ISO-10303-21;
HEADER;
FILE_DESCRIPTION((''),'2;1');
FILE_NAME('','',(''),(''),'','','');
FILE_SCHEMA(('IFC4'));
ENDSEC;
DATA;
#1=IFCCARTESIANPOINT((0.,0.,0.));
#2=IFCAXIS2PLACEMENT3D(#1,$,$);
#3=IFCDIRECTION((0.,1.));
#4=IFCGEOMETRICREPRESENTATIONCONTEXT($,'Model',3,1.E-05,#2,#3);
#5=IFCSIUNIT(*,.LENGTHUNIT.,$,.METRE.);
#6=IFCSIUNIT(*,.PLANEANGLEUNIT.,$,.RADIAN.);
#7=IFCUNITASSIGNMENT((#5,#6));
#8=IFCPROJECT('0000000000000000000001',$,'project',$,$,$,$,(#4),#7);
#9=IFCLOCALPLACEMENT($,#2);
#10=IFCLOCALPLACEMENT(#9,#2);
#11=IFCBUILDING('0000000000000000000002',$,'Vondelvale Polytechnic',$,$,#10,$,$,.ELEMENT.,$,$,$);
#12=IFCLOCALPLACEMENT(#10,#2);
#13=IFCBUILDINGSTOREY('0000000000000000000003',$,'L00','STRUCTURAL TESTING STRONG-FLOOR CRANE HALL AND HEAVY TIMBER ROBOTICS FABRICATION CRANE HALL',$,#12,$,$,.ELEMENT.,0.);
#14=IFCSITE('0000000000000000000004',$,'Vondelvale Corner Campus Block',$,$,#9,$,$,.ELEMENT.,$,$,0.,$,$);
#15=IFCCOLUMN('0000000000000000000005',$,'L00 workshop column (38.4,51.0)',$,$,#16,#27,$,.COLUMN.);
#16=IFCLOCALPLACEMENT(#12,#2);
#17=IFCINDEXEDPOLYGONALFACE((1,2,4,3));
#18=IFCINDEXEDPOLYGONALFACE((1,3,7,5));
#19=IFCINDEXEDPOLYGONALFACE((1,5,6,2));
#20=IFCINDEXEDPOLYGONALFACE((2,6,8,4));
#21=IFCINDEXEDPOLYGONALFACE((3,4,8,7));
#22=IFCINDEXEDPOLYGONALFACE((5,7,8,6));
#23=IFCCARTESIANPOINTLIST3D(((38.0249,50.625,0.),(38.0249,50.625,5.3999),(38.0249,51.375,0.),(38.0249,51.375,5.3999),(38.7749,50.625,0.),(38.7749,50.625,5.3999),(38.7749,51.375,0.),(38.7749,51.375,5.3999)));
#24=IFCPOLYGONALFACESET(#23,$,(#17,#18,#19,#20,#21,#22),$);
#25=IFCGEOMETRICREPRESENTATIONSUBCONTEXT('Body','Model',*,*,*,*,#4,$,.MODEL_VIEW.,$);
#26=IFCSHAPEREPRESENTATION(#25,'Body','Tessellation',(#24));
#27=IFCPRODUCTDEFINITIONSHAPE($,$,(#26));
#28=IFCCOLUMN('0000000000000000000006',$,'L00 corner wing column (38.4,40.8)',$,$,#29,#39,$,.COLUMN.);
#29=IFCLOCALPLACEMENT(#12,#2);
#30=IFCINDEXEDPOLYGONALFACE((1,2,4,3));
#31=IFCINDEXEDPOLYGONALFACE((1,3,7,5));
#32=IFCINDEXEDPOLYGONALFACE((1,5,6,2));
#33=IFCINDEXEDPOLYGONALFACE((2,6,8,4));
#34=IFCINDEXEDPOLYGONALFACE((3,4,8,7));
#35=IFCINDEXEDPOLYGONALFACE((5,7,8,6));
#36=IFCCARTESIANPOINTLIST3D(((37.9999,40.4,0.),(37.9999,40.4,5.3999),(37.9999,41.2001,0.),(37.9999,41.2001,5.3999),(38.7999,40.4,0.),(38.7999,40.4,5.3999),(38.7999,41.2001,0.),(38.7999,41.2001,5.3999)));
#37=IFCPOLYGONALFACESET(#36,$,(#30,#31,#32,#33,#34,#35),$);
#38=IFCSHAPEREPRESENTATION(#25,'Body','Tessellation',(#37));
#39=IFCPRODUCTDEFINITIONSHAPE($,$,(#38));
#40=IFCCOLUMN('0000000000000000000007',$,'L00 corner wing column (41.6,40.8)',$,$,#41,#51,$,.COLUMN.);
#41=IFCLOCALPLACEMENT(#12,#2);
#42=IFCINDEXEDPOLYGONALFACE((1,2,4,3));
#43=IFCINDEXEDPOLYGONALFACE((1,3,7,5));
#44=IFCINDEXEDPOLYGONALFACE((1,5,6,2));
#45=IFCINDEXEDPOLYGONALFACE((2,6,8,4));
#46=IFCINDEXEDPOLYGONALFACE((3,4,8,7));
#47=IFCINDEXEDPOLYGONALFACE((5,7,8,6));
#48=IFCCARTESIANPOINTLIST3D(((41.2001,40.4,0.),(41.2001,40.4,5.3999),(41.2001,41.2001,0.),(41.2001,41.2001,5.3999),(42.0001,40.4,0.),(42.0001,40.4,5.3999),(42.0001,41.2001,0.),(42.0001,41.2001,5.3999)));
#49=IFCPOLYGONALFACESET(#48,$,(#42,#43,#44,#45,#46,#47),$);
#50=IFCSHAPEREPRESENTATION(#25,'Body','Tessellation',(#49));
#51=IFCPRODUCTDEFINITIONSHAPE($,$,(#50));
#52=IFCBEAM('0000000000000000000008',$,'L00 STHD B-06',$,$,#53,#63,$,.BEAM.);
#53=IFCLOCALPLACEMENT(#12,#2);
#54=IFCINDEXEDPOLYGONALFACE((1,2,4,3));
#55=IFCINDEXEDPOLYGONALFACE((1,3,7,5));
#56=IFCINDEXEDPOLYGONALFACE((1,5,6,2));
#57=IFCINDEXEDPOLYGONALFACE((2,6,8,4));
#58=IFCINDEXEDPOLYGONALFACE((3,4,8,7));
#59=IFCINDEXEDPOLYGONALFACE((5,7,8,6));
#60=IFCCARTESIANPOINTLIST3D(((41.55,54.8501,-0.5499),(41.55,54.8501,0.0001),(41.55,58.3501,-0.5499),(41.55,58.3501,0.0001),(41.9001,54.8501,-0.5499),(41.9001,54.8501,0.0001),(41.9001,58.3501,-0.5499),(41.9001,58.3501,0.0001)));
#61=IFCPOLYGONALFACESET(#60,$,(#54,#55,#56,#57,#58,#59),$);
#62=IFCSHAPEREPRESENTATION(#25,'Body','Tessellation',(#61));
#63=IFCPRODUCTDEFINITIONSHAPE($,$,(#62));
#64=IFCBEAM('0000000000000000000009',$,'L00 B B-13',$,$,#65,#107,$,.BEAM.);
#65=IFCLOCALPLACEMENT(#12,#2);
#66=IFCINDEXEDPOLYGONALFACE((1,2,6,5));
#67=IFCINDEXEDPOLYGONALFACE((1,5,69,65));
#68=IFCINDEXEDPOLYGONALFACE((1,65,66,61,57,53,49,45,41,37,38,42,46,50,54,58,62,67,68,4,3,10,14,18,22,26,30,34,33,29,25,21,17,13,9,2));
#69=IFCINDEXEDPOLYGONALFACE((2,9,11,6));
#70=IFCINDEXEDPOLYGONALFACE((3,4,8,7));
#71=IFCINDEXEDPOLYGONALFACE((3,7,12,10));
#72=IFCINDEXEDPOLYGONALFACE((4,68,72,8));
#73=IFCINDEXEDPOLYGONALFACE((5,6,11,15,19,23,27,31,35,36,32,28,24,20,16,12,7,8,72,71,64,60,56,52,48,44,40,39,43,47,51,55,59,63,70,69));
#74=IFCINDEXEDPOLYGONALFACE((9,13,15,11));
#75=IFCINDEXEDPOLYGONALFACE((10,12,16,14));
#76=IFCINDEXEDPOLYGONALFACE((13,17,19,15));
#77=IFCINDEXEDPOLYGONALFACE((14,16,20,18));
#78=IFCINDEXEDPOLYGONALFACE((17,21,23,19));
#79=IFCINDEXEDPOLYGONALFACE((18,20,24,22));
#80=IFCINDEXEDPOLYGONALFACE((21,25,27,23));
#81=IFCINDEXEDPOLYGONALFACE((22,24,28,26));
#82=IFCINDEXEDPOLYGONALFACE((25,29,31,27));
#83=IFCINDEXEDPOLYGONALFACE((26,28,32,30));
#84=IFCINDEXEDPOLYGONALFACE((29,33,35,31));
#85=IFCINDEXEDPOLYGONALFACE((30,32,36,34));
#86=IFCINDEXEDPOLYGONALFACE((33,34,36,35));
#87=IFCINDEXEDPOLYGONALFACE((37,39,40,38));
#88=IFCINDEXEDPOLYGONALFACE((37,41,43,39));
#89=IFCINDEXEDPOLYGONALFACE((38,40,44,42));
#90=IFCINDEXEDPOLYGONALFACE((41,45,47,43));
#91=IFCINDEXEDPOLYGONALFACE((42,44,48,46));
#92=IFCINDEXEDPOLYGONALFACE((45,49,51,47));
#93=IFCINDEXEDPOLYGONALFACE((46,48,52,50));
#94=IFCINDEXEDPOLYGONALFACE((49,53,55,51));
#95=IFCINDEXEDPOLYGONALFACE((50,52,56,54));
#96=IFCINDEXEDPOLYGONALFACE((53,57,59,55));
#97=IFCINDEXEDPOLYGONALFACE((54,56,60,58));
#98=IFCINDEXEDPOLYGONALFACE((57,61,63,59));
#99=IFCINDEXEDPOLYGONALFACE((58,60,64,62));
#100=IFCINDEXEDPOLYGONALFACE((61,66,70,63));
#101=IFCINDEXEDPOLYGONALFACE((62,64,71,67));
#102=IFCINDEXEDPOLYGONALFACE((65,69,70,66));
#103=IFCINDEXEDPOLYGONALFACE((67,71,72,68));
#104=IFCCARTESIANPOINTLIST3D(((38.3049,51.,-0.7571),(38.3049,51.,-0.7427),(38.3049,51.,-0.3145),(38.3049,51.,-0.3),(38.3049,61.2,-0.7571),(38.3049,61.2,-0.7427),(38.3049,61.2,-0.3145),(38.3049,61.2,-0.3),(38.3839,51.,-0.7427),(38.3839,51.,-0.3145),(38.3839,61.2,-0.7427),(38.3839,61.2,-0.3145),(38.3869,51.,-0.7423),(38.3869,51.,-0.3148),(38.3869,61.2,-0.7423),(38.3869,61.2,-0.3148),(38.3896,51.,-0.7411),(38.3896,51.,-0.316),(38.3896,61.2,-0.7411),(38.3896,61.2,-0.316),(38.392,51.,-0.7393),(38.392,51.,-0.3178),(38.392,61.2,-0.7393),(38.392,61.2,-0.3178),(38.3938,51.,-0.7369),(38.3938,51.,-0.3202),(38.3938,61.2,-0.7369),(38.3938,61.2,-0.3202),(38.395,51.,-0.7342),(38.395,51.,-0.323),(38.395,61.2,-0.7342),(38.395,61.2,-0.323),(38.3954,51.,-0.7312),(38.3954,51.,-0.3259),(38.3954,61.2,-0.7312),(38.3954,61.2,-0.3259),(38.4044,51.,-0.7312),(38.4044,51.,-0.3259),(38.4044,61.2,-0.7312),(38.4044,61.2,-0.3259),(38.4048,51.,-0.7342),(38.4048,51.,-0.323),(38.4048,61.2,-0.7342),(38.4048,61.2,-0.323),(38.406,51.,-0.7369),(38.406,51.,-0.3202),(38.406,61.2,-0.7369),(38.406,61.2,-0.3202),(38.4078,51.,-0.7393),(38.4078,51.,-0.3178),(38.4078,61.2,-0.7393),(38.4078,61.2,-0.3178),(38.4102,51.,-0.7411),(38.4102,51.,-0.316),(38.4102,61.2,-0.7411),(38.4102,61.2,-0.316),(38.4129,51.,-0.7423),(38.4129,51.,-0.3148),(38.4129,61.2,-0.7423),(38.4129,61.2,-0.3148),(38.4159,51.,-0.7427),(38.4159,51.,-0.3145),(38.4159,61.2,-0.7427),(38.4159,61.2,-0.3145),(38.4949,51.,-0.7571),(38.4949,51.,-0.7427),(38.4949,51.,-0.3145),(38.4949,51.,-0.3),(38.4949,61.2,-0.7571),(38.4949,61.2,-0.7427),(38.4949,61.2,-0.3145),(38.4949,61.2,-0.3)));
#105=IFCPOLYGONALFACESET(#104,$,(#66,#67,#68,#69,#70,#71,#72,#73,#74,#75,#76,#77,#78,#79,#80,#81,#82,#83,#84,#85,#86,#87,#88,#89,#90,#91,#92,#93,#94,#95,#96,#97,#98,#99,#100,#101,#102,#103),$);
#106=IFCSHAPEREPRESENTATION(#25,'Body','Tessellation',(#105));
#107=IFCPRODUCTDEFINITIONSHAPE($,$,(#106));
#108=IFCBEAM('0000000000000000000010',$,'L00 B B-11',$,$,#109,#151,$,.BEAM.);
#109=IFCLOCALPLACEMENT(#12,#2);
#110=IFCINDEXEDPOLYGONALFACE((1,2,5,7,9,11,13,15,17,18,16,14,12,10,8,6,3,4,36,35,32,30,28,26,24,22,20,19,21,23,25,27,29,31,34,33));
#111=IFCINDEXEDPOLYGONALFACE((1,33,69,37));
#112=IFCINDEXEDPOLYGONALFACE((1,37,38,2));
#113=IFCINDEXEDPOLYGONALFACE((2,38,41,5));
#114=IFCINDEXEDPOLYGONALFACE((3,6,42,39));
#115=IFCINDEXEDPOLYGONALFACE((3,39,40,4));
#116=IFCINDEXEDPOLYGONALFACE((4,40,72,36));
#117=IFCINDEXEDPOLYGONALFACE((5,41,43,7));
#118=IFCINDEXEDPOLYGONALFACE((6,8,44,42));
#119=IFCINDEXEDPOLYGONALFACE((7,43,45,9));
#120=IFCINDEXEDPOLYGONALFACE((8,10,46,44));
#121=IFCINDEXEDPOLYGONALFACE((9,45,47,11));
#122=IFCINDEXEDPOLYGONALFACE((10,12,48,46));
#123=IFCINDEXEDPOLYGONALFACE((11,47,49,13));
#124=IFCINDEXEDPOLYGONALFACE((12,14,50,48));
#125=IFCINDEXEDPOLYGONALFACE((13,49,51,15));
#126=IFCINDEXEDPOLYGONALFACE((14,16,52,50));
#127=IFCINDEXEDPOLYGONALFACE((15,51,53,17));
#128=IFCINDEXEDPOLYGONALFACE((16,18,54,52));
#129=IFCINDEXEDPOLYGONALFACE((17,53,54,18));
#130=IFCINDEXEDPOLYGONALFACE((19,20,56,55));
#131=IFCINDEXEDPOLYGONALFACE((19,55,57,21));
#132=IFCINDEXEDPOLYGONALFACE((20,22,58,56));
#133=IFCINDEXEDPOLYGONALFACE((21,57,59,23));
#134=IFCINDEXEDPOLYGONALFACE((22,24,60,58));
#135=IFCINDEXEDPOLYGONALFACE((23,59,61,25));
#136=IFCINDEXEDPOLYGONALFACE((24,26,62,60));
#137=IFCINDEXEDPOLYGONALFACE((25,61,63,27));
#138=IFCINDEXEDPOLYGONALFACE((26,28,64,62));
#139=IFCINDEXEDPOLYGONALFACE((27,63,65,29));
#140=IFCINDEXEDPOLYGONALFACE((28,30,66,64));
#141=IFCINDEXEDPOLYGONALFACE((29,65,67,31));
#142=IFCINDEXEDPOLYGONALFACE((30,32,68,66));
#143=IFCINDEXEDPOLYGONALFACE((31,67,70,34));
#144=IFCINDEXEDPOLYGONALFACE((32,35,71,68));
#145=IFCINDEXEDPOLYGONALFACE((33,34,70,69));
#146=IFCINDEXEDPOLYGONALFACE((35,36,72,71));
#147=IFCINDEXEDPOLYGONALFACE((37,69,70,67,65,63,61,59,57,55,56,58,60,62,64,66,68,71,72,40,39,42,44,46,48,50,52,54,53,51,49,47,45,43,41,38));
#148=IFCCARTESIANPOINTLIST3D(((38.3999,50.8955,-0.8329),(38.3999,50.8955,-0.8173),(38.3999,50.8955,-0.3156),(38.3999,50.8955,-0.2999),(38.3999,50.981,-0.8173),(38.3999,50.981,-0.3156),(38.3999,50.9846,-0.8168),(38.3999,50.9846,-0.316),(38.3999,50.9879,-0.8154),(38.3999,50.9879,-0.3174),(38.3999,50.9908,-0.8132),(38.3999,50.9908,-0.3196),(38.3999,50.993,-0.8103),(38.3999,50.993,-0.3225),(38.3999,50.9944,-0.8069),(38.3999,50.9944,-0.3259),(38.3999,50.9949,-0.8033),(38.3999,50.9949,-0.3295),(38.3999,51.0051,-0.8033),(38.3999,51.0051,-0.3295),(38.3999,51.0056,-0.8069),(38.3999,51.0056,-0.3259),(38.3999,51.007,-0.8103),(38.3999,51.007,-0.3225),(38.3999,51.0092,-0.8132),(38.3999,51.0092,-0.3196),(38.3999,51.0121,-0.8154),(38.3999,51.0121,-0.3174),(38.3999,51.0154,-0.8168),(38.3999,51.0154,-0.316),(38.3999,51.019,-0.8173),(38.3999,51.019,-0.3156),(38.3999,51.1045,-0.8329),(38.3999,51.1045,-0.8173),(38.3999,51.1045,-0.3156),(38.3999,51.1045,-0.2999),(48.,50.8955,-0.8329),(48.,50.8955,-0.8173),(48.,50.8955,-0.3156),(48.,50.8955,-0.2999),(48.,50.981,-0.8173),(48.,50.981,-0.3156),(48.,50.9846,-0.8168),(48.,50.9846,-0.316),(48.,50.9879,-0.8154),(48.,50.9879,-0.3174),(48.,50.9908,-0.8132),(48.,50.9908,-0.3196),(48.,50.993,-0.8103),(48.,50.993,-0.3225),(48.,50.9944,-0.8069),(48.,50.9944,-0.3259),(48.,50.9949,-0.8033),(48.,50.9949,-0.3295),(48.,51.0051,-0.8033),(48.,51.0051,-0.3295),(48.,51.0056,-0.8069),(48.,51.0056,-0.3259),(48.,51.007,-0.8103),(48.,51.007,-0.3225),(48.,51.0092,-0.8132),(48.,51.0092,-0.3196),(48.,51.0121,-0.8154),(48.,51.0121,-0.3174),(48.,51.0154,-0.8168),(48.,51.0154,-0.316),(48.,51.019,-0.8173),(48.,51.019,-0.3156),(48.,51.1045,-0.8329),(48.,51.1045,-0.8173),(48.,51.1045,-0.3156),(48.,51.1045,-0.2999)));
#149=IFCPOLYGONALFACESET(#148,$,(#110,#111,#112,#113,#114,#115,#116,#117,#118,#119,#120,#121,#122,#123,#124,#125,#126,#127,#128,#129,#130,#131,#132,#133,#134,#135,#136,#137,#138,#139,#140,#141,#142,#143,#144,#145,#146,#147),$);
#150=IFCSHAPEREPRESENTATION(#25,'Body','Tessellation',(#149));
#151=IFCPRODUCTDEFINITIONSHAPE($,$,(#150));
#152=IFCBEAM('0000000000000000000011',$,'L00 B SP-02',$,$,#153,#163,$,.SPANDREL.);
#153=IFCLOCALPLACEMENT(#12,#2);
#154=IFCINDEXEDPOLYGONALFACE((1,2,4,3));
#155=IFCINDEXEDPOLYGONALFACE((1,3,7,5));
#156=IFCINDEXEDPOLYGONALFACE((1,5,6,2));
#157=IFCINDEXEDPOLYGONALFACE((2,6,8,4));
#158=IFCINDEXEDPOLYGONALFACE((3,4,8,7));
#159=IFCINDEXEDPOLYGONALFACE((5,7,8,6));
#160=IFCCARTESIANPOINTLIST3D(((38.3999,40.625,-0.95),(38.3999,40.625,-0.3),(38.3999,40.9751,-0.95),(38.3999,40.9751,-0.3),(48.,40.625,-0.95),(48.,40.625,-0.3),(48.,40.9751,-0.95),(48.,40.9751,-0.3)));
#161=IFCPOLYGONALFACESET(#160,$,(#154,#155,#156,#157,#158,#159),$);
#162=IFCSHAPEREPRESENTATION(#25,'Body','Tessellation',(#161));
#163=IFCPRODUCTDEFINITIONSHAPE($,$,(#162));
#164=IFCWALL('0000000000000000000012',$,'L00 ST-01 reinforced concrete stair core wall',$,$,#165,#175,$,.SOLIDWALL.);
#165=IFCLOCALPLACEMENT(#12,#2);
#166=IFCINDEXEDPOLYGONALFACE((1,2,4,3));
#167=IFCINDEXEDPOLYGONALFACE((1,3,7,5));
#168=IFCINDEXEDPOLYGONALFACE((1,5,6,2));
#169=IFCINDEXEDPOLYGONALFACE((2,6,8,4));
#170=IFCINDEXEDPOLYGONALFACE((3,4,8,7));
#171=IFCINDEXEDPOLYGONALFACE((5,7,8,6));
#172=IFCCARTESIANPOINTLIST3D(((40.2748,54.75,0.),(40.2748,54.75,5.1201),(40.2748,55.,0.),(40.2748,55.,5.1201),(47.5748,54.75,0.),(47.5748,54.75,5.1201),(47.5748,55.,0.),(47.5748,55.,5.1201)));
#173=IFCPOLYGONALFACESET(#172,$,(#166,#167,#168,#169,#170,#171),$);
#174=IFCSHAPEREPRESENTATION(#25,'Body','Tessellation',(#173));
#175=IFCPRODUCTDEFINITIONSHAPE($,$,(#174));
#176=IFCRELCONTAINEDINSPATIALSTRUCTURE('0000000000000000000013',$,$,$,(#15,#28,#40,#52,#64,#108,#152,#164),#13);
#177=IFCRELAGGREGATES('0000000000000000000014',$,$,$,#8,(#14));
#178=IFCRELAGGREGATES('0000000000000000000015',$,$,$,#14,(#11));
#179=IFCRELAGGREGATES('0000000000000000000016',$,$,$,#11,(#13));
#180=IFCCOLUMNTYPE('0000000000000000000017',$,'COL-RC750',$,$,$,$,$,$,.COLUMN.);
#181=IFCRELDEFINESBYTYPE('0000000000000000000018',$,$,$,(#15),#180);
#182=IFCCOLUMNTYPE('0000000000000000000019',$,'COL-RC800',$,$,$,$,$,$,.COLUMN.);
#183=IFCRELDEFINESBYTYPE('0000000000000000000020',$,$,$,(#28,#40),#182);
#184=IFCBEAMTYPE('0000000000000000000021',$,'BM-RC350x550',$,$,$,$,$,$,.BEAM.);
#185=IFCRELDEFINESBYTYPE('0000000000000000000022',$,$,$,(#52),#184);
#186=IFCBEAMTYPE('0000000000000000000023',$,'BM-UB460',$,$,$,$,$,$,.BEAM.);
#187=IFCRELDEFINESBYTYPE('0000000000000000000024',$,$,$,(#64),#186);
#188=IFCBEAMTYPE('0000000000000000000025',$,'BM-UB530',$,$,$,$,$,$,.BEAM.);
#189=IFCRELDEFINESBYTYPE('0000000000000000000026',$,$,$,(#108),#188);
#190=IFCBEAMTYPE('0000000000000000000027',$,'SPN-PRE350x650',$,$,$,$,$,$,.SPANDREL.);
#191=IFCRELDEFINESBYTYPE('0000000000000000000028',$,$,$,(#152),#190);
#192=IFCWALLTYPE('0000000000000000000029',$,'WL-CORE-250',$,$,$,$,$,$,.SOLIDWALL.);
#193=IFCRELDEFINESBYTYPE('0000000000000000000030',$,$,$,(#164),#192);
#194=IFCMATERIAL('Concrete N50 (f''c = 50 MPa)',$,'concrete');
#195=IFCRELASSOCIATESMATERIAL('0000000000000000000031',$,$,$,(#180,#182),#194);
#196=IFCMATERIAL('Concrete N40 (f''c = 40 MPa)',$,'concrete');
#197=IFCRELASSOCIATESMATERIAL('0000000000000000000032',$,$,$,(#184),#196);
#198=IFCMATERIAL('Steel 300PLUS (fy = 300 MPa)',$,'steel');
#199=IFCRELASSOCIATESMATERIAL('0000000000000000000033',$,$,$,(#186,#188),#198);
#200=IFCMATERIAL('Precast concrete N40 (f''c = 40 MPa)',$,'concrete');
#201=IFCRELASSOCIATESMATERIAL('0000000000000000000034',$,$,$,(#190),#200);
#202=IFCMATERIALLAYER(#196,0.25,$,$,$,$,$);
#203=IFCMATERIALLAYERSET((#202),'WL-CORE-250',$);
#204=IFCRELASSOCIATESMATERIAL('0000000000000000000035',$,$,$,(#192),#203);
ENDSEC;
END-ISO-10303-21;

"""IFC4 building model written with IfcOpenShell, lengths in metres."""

from ifc_helpers import new_model, si_unit, direction, frame, frame_2d, origin, origin_2d, place, context, subcontext, project, spatial, rectangle, i_section, extrude, material, layer, layer_set, material_profile, profile_set, type_object, element, save


model = new_model("IFC4")

# Units and contexts
model_context = context("Model", 3, precision=1e-05, world=origin(), true_north=direction((0.0, 1.0)))
body_context = subcontext(model_context, "Body", "Model", "MODEL_VIEW")
ifc_project = project(units=[si_unit("LENGTHUNIT", "METRE"), si_unit("PLANEANGLEUNIT", "RADIAN")], contexts=[model_context])

# Site, building, storey
site_placement = place(None, origin())
site = spatial("IfcSite", under=ifc_project, at=site_placement, Name="Vondelvale Corner Campus Block", CompositionType="ELEMENT", RefElevation=0.0)
building_placement = place(site_placement, origin())
building = spatial("IfcBuilding", under=site, at=building_placement, Name="Vondelvale Polytechnic", CompositionType="ELEMENT")
storey_placement = place(building_placement, origin())
storey = spatial("IfcBuildingStorey", under=building, at=storey_placement, Name="L00", Description="STRUCTURAL TESTING STRONG-FLOOR CRANE HALL AND HEAVY TIMBER ROBOTICS FABRICATION CRANE HALL", CompositionType="ELEMENT", Elevation=0.0)

# Columns
ifc_material_1 = material(Name="Concrete N50 (f'c = 50 MPa)", Category="concrete")
ifc_material_profile_1 = material_profile(ifc_material_1, rectangle(XDim=0.75, YDim=0.75, at=origin_2d()), Name="RC-COL-750x750")
ifc_profile_set_1 = profile_set([ifc_material_profile_1], Name="Concrete N50 (f'c = 50 MPa)")
column_type_1 = type_object("IfcColumnType", Name="COL-RC750", PredefinedType="COLUMN", material=ifc_profile_set_1)
column_placement = place(storey_placement, frame((38.3999, 51.0, 0.0), z_axis=(0.0, 0.0, 1.0), x_axis=(1.0, 0.0, 0.0)))
element("IfcColumn", 1, at=column_placement, inside=storey, type_object=column_type_1, Name="L00 workshop column (38.4,51.0)", PredefinedType="COLUMN", context=body_context, shape_type="SweptSolid", body=[
    extrude(rectangle(XDim=0.75, YDim=0.75, at=origin_2d()), origin(), (0.0, 0.0, 1.0), 5.3999),
])
ifc_material_profile_2 = material_profile(ifc_material_1, rectangle(XDim=0.8, YDim=0.8, at=origin_2d()), Name="RC-COL-800x800")
ifc_profile_set_2 = profile_set([ifc_material_profile_2], Name="Concrete N50 (f'c = 50 MPa)")
column_type_2 = type_object("IfcColumnType", Name="COL-RC800", PredefinedType="COLUMN", material=ifc_profile_set_2)
for number, where, z_axis, x_axis, name in (
    (2, (38.3999, 40.8, 0.0), (0.0, 0.0, 1.0), (1.0, 0.0, 0.0), "L00 corner wing column (38.4,40.8)"),
    (3, (41.6001, 40.8, 0.0), (0.0, 0.0, 1.0), (1.0, 0.0, 0.0), "L00 corner wing column (41.6,40.8)"),
):
    element("IfcColumn", number, at=place(storey_placement, frame(where, z_axis=z_axis, x_axis=x_axis)), inside=storey, type_object=column_type_2, Name=name, PredefinedType="COLUMN", context=body_context, shape_type="SweptSolid", body=[
        extrude(rectangle(XDim=0.8, YDim=0.8, at=origin_2d()), origin(), (0.0, 0.0, 1.0), 5.3999),
    ])

# Beams
ifc_material_2 = material(Name="Concrete N40 (f'c = 40 MPa)", Category="concrete")
ifc_material_profile_3 = material_profile(ifc_material_2, rectangle(XDim=0.3501, YDim=0.55, at=origin_2d()), Name="RC-BM-350x550")
ifc_profile_set_3 = profile_set([ifc_material_profile_3], Name="Concrete N40 (f'c = 40 MPa)")
beam_type_1 = type_object("IfcBeamType", Name="BM-RC350x550", PredefinedType="BEAM", material=ifc_profile_set_3)
beam_1_placement = place(storey_placement, frame((41.7251, 54.8501, -0.2749), z_axis=(0.0, 1.0, 0.0), x_axis=(-1.0, 0.0, 0.0)))
element("IfcBeam", 4, at=beam_1_placement, inside=storey, type_object=beam_type_1, Name="L00 STHD B-06", PredefinedType="BEAM", context=body_context, shape_type="SweptSolid", body=[
    extrude(rectangle(XDim=0.3501, YDim=0.55, at=origin_2d()), origin(), (0.0, 0.0, 1.0), 3.5),
])
ifc_material_3 = material(Name="Steel 300PLUS (fy = 300 MPa)", Category="steel")
ifc_material_profile_4 = material_profile(ifc_material_3, i_section(OverallWidth=0.1899, OverallDepth=0.457, WebThickness=0.009, FlangeThickness=0.0144, FilletRadius=0.0115, at=origin_2d()), Name="460UB74.6")
ifc_profile_set_4 = profile_set([ifc_material_profile_4], Name="Steel 300PLUS (fy = 300 MPa)")
beam_type_2 = type_object("IfcBeamType", Name="BM-UB460", PredefinedType="BEAM", material=ifc_profile_set_4)
beam_2_placement = place(storey_placement, frame((38.3999, 51.0, -0.5286), z_axis=(0.0, 1.0, 0.0), x_axis=(-1.0, 0.0, 0.0)))
element("IfcBeam", 5, at=beam_2_placement, inside=storey, type_object=beam_type_2, Name="L00 B B-13", PredefinedType="BEAM", context=body_context, shape_type="SweptSolid", body=[
    extrude(i_section(OverallWidth=0.1899, OverallDepth=0.457, WebThickness=0.009, FlangeThickness=0.0144, FilletRadius=0.0115, at=origin_2d()), origin(), (0.0, 0.0, 1.0), 10.2),
])
ifc_material_profile_5 = material_profile(ifc_material_3, i_section(OverallWidth=0.209, OverallDepth=0.533, WebThickness=0.0103, FlangeThickness=0.0156, FilletRadius=0.0139, at=origin_2d()), Name="530UB92.4")
ifc_profile_set_5 = profile_set([ifc_material_profile_5], Name="Steel 300PLUS (fy = 300 MPa)")
beam_type_3 = type_object("IfcBeamType", Name="BM-UB530", PredefinedType="BEAM", material=ifc_profile_set_5)
beam_3_placement = place(storey_placement, frame((38.3999, 51.0, -0.5664), z_axis=(1.0, 0.0, 0.0), x_axis=(0.0, 1.0, 0.0)))
element("IfcBeam", 6, at=beam_3_placement, inside=storey, type_object=beam_type_3, Name="L00 B B-11", PredefinedType="BEAM", context=body_context, shape_type="SweptSolid", body=[
    extrude(i_section(OverallWidth=0.209, OverallDepth=0.533, WebThickness=0.0103, FlangeThickness=0.0156, FilletRadius=0.0139, at=origin_2d()), origin(), (0.0, 0.0, 1.0), 9.6001),
])
ifc_material_4 = material(Name="Precast concrete N40 (f'c = 40 MPa)", Category="concrete")
ifc_material_profile_6 = material_profile(ifc_material_4, rectangle(XDim=0.3501, YDim=0.6499, at=origin_2d()), Name="RC-SPN-350x650")
ifc_profile_set_6 = profile_set([ifc_material_profile_6], Name="Precast concrete N40 (f'c = 40 MPa)")
beam_type_4 = type_object("IfcBeamType", Name="SPN-PRE350x650", PredefinedType="SPANDREL", material=ifc_profile_set_6)
beam_4_placement = place(storey_placement, frame((38.3999, 40.8, -0.625), z_axis=(1.0, 0.0, 0.0), x_axis=(0.0, 1.0, 0.0)))
element("IfcBeam", 7, at=beam_4_placement, inside=storey, type_object=beam_type_4, Name="L00 B SP-02", PredefinedType="SPANDREL", context=body_context, shape_type="SweptSolid", body=[
    extrude(rectangle(XDim=0.3501, YDim=0.6499, at=origin_2d()), origin(), (0.0, 0.0, 1.0), 9.6001),
])

# Wall
ifc_layer_1 = layer(ifc_material_2, 0.25)
ifc_layer_set_1 = layer_set([ifc_layer_1], Name="WL-CORE-250")
wall_type_1 = type_object("IfcWallType", Name="WL-CORE-250", PredefinedType="SOLIDWALL", material=ifc_layer_set_1)
wall_1_placement = place(storey_placement, frame((40.2749, 54.875, 0.0), z_axis=(0.0, 0.0, 1.0), x_axis=(1.0, 0.0, 0.0)))
element("IfcWall", 8, at=wall_1_placement, inside=storey, type_object=wall_type_1, Name="L00 ST-01 reinforced concrete stair core wall", PredefinedType="SOLIDWALL", context=body_context, shape_type="SweptSolid", body=[
    extrude(rectangle(XDim=7.3, YDim=0.25, at=frame_2d((3.6499, 0.0))), origin(), (0.0, 0.0, 1.0), 5.1201),
])

save(model, "model.ifc")
